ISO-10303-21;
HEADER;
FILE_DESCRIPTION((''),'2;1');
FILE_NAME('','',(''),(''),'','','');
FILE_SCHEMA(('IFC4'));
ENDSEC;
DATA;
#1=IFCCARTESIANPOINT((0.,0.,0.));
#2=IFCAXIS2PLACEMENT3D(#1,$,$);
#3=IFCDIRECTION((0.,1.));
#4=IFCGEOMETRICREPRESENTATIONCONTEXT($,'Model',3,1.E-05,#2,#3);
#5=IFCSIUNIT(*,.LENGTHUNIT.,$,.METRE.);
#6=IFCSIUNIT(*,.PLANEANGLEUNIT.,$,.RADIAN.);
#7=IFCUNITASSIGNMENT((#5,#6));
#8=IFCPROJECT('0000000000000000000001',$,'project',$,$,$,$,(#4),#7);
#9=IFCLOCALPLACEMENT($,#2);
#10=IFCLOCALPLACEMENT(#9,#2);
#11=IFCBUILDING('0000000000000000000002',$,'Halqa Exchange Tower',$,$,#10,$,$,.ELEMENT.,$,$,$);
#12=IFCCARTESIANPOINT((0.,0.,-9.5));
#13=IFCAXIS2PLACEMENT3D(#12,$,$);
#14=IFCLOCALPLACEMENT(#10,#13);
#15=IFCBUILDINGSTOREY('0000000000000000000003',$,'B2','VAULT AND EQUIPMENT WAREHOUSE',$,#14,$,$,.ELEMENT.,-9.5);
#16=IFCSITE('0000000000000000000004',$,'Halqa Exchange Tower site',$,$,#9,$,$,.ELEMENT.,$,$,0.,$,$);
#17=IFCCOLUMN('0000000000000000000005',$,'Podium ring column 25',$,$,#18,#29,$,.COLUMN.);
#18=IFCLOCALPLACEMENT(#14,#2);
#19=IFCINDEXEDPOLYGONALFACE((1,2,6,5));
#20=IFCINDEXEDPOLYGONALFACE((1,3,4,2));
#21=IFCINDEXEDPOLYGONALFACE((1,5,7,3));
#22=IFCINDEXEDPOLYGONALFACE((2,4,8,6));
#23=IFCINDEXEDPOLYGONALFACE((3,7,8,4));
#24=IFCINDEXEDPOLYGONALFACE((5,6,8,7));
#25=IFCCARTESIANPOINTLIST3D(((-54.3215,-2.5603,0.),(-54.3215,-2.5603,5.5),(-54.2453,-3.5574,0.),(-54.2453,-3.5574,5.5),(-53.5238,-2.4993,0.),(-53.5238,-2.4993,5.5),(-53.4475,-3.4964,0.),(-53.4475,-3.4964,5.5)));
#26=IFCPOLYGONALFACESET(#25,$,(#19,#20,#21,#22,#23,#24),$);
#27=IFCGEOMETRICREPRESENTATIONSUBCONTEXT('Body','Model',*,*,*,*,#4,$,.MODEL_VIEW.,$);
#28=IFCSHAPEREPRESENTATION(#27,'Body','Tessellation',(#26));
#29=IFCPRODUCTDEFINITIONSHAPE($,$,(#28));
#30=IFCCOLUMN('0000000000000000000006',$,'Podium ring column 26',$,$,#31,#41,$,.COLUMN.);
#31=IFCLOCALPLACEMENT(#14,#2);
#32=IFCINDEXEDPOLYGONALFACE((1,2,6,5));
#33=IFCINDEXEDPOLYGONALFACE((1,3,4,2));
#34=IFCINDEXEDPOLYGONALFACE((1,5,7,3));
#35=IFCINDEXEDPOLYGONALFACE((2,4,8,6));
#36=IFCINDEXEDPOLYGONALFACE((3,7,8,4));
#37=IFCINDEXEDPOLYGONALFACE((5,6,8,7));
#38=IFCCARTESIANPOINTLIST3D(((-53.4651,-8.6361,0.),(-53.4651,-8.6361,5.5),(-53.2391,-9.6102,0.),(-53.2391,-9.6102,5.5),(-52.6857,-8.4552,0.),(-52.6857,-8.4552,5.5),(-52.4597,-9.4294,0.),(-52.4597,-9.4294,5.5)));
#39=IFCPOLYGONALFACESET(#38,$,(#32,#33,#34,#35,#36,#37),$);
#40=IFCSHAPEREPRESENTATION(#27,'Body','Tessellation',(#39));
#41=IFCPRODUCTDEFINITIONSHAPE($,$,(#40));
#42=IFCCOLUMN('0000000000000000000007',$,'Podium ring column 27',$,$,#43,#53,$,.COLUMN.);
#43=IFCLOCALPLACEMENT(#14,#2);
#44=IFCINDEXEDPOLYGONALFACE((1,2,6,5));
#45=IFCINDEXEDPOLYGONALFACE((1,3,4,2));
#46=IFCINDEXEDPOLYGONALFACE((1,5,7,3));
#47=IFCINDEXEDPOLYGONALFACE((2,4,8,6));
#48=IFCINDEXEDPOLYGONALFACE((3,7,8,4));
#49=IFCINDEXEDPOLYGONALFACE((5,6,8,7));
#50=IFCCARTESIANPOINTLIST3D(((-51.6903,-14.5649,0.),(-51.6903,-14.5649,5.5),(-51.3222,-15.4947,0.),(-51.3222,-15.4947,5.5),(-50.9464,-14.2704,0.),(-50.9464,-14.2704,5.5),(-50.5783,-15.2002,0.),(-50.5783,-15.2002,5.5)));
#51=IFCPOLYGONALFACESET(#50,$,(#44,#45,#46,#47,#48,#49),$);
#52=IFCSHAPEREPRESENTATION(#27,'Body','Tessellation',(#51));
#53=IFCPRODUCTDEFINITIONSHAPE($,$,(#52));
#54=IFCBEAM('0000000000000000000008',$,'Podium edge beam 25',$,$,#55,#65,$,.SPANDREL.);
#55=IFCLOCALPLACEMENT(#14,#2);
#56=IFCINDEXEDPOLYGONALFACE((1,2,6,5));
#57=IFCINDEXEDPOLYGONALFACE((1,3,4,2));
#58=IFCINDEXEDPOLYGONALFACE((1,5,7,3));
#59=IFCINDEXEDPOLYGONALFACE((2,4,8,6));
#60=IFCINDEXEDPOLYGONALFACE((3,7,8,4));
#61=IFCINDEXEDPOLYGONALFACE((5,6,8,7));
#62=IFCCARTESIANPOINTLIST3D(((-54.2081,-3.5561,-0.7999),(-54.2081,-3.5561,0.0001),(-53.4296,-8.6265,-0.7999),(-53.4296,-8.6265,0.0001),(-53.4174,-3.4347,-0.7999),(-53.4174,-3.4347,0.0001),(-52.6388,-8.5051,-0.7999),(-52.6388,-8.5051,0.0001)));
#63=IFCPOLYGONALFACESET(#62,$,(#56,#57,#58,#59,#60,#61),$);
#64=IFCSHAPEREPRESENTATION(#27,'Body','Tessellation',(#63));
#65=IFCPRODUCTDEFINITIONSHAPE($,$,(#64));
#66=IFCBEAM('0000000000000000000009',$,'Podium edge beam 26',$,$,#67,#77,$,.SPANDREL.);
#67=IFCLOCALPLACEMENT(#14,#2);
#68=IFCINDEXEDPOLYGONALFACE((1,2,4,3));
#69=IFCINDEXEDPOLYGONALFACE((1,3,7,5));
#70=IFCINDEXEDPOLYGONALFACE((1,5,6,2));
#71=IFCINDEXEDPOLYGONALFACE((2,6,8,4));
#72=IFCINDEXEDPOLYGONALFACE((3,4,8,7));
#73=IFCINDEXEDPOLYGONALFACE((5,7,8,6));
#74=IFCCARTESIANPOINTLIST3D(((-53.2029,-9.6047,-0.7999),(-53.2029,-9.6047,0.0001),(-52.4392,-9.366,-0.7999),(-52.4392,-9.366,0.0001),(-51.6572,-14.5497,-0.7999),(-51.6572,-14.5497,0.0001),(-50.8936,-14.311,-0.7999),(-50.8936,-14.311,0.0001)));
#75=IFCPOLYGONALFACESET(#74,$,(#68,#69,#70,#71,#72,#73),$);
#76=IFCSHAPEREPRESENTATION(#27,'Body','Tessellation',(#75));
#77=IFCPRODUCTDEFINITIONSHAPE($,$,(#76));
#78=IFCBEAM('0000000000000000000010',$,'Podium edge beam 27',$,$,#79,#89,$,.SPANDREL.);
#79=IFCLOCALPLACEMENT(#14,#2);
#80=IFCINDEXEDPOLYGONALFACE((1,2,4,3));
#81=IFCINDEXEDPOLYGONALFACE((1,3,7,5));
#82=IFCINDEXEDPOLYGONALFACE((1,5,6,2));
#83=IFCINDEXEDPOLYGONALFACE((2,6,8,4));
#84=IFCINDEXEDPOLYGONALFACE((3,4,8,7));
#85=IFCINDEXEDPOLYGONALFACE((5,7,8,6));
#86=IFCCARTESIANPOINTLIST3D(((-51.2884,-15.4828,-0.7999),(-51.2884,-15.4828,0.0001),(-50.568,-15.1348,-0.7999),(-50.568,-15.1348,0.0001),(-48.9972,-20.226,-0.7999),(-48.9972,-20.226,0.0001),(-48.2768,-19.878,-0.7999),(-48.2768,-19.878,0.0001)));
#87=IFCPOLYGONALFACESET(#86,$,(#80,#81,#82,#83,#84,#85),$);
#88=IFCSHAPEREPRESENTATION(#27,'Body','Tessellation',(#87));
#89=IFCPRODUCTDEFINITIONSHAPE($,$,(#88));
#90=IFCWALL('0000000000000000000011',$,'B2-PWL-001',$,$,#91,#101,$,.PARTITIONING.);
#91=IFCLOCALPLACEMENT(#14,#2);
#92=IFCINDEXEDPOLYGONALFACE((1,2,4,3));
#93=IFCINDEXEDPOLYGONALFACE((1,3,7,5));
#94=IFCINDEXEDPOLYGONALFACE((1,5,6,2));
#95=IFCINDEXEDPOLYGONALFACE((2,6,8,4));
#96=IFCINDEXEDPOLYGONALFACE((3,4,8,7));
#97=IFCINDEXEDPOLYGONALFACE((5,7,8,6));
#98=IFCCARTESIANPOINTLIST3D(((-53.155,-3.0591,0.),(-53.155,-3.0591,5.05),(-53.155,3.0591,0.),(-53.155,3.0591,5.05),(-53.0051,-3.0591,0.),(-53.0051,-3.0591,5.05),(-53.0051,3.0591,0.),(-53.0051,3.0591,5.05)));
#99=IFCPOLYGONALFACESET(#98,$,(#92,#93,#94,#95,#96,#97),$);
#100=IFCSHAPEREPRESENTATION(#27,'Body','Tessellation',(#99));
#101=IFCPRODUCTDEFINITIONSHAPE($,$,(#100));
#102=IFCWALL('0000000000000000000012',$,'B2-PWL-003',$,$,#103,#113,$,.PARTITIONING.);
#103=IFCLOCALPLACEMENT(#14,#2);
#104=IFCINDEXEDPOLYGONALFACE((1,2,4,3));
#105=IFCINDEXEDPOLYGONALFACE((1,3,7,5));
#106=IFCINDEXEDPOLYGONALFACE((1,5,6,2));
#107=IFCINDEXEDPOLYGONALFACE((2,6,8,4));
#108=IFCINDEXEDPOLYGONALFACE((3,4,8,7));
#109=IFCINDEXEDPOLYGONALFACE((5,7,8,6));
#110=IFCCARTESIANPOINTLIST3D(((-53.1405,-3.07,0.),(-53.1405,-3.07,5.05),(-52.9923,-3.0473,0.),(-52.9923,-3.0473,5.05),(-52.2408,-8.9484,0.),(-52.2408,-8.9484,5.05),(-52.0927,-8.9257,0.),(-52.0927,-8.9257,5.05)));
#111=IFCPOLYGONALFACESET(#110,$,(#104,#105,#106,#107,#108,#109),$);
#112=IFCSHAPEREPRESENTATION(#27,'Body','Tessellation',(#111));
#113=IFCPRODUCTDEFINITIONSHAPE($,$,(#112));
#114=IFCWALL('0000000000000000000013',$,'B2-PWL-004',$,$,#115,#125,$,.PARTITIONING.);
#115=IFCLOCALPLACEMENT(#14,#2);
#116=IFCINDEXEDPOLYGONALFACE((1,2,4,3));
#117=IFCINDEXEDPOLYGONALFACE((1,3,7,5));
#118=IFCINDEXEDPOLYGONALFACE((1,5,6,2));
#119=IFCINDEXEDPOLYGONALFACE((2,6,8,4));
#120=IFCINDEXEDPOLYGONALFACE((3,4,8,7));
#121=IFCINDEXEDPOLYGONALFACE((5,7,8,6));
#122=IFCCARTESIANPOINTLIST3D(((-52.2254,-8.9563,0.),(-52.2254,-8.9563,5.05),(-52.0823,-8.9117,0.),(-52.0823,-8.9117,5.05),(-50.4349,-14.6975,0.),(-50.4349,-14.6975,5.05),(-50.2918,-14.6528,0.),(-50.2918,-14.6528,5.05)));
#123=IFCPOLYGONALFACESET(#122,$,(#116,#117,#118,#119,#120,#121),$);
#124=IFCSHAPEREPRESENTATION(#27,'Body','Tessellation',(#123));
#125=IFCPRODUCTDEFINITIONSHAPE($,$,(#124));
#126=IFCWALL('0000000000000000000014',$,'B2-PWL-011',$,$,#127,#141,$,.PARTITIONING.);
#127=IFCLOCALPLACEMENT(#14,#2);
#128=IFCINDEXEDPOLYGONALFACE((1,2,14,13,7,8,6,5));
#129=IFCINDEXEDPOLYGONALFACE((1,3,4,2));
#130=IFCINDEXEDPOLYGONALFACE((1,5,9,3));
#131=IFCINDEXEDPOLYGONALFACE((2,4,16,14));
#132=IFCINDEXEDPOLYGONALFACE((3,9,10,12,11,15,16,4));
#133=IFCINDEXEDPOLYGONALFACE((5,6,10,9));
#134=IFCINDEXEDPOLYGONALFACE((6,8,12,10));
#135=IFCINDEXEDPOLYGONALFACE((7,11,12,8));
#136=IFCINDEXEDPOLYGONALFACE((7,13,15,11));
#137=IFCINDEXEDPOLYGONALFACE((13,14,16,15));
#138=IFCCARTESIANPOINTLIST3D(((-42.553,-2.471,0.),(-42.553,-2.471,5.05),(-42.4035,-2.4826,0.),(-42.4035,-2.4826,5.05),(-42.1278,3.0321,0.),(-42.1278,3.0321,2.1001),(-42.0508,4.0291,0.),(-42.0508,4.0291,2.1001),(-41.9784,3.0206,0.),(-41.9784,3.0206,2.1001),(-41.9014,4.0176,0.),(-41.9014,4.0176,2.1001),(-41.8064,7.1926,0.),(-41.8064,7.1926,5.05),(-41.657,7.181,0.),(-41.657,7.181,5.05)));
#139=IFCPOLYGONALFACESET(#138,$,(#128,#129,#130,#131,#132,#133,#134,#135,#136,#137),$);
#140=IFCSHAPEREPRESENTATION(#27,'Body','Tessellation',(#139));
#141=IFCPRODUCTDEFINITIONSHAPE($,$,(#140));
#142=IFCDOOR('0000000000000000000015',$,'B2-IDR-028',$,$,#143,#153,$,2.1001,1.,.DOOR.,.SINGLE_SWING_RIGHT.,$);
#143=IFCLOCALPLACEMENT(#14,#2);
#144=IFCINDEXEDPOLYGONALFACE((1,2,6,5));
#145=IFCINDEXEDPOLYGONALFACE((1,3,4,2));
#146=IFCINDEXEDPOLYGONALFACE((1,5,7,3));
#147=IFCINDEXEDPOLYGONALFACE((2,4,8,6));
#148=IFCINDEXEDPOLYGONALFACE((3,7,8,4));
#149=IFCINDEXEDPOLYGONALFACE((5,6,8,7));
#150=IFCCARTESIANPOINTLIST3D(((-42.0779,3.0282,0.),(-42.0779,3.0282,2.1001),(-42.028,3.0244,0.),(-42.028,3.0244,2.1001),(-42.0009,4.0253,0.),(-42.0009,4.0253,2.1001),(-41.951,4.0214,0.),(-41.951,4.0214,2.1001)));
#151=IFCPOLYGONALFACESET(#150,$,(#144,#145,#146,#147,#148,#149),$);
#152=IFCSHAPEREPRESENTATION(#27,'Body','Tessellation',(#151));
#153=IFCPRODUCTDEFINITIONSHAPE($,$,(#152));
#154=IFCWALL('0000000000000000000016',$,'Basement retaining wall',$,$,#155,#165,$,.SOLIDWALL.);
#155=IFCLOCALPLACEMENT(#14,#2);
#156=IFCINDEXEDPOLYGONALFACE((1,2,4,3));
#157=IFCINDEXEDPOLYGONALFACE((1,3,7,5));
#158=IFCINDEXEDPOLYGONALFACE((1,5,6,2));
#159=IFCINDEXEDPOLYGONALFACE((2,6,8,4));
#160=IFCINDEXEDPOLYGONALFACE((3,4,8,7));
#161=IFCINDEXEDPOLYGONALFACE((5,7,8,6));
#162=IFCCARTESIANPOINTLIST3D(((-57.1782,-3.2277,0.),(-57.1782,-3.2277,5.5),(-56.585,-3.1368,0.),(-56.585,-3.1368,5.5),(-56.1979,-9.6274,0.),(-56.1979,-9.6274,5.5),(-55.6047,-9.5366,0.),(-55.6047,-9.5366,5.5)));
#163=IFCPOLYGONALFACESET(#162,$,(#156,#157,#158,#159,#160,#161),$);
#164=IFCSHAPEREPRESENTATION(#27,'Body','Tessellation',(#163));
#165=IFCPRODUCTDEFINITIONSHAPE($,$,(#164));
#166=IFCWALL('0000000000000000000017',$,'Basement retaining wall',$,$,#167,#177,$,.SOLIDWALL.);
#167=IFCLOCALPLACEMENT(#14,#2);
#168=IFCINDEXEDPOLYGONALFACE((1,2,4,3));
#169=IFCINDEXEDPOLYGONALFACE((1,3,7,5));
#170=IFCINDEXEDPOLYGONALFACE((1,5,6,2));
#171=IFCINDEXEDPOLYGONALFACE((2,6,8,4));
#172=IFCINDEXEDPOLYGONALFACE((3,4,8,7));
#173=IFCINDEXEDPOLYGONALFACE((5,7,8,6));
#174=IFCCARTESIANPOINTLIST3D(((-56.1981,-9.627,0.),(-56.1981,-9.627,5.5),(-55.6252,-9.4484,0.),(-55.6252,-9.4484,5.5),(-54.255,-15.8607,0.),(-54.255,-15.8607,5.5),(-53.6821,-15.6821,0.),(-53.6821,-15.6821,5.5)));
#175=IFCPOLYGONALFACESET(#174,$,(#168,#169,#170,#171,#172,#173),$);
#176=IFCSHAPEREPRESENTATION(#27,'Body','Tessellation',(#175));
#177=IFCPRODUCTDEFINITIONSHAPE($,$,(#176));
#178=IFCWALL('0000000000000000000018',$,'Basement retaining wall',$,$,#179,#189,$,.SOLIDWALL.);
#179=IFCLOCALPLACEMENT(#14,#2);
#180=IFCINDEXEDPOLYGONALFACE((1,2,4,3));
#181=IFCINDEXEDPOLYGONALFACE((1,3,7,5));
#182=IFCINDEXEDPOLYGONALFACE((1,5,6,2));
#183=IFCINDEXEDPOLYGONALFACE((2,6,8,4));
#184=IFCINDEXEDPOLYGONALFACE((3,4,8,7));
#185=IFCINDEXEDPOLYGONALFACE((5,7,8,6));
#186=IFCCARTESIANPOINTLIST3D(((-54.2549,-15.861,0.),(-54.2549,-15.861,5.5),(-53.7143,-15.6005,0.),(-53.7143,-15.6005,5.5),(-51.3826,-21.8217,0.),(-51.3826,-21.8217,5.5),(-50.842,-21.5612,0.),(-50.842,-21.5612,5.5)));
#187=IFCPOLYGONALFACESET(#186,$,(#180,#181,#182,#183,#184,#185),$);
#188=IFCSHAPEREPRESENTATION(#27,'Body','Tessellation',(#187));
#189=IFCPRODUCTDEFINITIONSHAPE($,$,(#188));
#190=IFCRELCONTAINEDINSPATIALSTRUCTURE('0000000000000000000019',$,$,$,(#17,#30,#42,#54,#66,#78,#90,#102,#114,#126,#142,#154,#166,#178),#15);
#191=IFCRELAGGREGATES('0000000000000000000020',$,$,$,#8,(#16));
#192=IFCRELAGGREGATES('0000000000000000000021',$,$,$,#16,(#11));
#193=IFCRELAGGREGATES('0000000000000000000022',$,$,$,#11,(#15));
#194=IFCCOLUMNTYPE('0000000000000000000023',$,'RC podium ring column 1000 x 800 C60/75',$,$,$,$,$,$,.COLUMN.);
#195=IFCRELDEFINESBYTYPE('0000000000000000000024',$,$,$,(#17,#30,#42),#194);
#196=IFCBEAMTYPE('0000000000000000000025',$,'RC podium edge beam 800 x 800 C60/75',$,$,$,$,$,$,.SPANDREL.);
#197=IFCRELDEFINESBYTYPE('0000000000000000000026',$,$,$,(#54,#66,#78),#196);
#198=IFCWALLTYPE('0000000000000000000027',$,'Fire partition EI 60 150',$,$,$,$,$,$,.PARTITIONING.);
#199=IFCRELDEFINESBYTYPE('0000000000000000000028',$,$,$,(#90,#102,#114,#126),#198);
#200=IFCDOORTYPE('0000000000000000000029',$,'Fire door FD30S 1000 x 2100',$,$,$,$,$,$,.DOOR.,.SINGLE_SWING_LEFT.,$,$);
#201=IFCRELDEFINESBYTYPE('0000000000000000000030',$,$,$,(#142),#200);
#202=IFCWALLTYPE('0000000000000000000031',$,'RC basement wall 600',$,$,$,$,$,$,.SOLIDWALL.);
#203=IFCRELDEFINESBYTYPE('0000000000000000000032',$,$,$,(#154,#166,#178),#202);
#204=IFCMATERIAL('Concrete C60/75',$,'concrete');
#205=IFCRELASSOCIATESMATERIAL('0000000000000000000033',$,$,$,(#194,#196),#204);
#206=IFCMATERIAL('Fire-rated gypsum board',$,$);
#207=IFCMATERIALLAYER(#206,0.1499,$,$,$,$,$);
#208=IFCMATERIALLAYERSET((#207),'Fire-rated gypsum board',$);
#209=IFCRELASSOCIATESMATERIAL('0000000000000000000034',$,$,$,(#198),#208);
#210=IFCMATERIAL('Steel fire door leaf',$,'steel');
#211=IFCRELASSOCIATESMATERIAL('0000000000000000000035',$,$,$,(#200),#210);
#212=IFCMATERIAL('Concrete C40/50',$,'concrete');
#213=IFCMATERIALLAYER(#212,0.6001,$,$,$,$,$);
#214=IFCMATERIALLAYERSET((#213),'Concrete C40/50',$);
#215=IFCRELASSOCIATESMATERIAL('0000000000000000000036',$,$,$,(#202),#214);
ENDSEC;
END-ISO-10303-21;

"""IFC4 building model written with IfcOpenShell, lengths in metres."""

from ifc_helpers import new_model, si_unit, direction, frame, frame_2d, origin, origin_2d, place, context, subcontext, project, spatial, rectangle, extrude, material, layer, layer_set, material_profile, profile_set, type_object, element, fill, save


model = new_model("IFC4")

# Units and contexts
model_context = context("Model", 3, precision=1e-05, world=origin(), true_north=direction((0.0, 1.0)))
body_context = subcontext(model_context, "Body", "Model", "MODEL_VIEW")
ifc_project = project(units=[si_unit("LENGTHUNIT", "METRE"), si_unit("PLANEANGLEUNIT", "RADIAN")], contexts=[model_context])

# Site, building, storey
site_placement = place(None, origin())
site = spatial("IfcSite", under=ifc_project, at=site_placement, Name="Halqa Exchange Tower site", CompositionType="ELEMENT", RefElevation=0.0)
building_placement = place(site_placement, origin())
building = spatial("IfcBuilding", under=site, at=building_placement, Name="Halqa Exchange Tower", CompositionType="ELEMENT")
storey_placement = place(building_placement, frame((0.0, 0.0, -9.5)))
storey = spatial("IfcBuildingStorey", under=building, at=storey_placement, Name="B2", Description="VAULT AND EQUIPMENT WAREHOUSE", CompositionType="ELEMENT", Elevation=-9.5)

# Columns
ifc_material_1 = material(Name="Concrete C60/75", Category="concrete")
ifc_material_profile_1 = material_profile(ifc_material_1, rectangle(XDim=1.0, YDim=0.8, at=origin_2d()), Name="1000 x 800")
ifc_profile_set_1 = profile_set([ifc_material_profile_1], Name="Concrete C60/75")
column_type = type_object("IfcColumnType", Name="RC podium ring column 1000 x 800 C60/75", PredefinedType="COLUMN", material=ifc_profile_set_1)
for number, where, z_axis, x_axis, name in (
    (1, (-53.8845, -3.0283, 0.0), (0.0, 0.0, 1.0), (0.076223, -0.997091, 0.0), "Podium ring column 25"),
    (2, (-52.9624, -9.0327, 0.0), (0.0, 0.0, 1.0), (0.225997, -0.974128, 0.0), "Podium ring column 26"),
    (3, (-51.1343, -14.8826, 0.0), (0.0, 0.0, 1.0), (0.36811, -0.929782, 0.0), "Podium ring column 27"),
):
    element("IfcColumn", number, at=place(storey_placement, frame(where, z_axis=z_axis, x_axis=x_axis)), inside=storey, type_object=column_type, Name=name, PredefinedType="COLUMN", context=body_context, shape_type="SweptSolid", body=[
        extrude(rectangle(XDim=1.0, YDim=0.8, at=origin_2d()), origin(), (0.0, 0.0, 1.0), 5.5),
    ])

# Beams
ifc_material_profile_2 = material_profile(ifc_material_1, rectangle(XDim=0.8, YDim=0.8, at=origin_2d()), Name="800 x 800")
ifc_profile_set_2 = profile_set([ifc_material_profile_2], Name="Concrete C60/75")
beam_type = type_object("IfcBeamType", Name="RC podium edge beam 800 x 800 C60/75", PredefinedType="SPANDREL", material=ifc_profile_set_2)
beam_1_placement = place(storey_placement, frame((-53.8127, -3.4954, -0.3999), z_axis=(0.151768, -0.988416, 0.0), x_axis=(0.988416, 0.151768, 0.0)))
element("IfcBeam", 4, at=beam_1_placement, inside=storey, type_object=beam_type, Name="Podium edge beam 25", PredefinedType="SPANDREL", context=body_context, shape_type="SweptSolid", body=[
    extrude(rectangle(XDim=0.8, YDim=0.8, at=origin_2d()), origin(), (0.0, 0.0, 1.0), 5.1299),
])
beam_2_placement = place(storey_placement, frame((-52.821, -9.4854, -0.3999), z_axis=(0.298331, -0.954462, 0.0), x_axis=(0.954462, 0.298331, 0.0)))
element("IfcBeam", 5, at=beam_2_placement, inside=storey, type_object=beam_type, Name="Podium edge beam 26", PredefinedType="SPANDREL", context=body_context, shape_type="SweptSolid", body=[
    extrude(rectangle(XDim=0.8, YDim=0.8, at=origin_2d()), origin(), (0.0, 0.0, 1.0), 5.1809),
])
beam_3_placement = place(storey_placement, frame((-50.9282, -15.3088, -0.3999), z_axis=(0.434973, -0.900443, 0.0), x_axis=(0.900443, 0.434973, 0.0)))
element("IfcBeam", 6, at=beam_3_placement, inside=storey, type_object=beam_type, Name="Podium edge beam 27", PredefinedType="SPANDREL", context=body_context, shape_type="SweptSolid", body=[
    extrude(rectangle(XDim=0.8, YDim=0.8, at=origin_2d()), origin(), (0.0, 0.0, 1.0), 5.2676),
])

# Walls
ifc_material_2 = material(Name="Fire-rated gypsum board")
ifc_layer_1 = layer(ifc_material_2, 0.1499)
ifc_layer_set_1 = layer_set([ifc_layer_1], Name="Fire-rated gypsum board")
wall_type_1 = type_object("IfcWallType", Name="Fire partition EI 60 150", PredefinedType="PARTITIONING", material=ifc_layer_set_1)
wall_1_placement = place(storey_placement, frame((-53.0801, -3.0591, 0.0), z_axis=(0.0, 0.0, 1.0), x_axis=(0.0, 1.0, 0.0)))
element("IfcWall", 7, at=wall_1_placement, inside=storey, type_object=wall_type_1, Name="B2-PWL-001", PredefinedType="PARTITIONING", context=body_context, shape_type="SweptSolid", body=[
    extrude(rectangle(XDim=6.1182, YDim=0.1499, at=frame_2d((3.0591, 0.0))), origin(), (0.0, 0.0, 1.0), 5.05),
])
wall_2_placement = place(storey_placement, frame((-52.1667, -8.937, 0.0), z_axis=(0.0, 0.0, 1.0), x_axis=(-0.151283, 0.988491, 0.0)))
element("IfcWall", 8, at=wall_2_placement, inside=storey, type_object=wall_type_1, Name="B2-PWL-003", PredefinedType="PARTITIONING", context=body_context, shape_type="SweptSolid", body=[
    extrude(rectangle(XDim=5.9468, YDim=0.1499, at=frame_2d((2.9734, 0.0))), origin(), (0.0, 0.0, 1.0), 5.05),
])
wall_3_placement = place(storey_placement, frame((-52.1538, -8.9341, 0.0), z_axis=(0.0, 0.0, 1.0), x_axis=(0.297729, -0.95465, 0.0)))
element("IfcWall", 9, at=wall_3_placement, inside=storey, type_object=wall_type_1, Name="B2-PWL-004", PredefinedType="PARTITIONING", context=body_context, shape_type="SweptSolid", body=[
    extrude(rectangle(XDim=6.0139, YDim=0.1499, at=frame_2d((3.0068, 0.0))), origin(), (0.0, 0.0, 1.0), 5.05),
])

# Wall, opening, door
wall_4_placement = place(storey_placement, frame((-42.4783, -2.4768, 0.0), z_axis=(0.0, 0.0, 1.0), x_axis=(0.077028, 0.997029, 0.0)))
wall_4 = element("IfcWall", 10, at=wall_4_placement, inside=storey, type_object=wall_type_1, Name="B2-PWL-011", PredefinedType="PARTITIONING", context=body_context, shape_type="SweptSolid", body=[
    extrude(rectangle(XDim=9.6924, YDim=0.1499, at=frame_2d((4.8462, 0.0))), origin(), (0.0, 0.0, 1.0), 5.05),
])
opening_placement = place(wall_4_placement, frame((5.5195, 0.0, 0.0)))
opening = element("IfcOpeningElement", 11, at=opening_placement, cuts=wall_4, PredefinedType="OPENING", context=body_context, shape_type="SweptSolid", body=[
    extrude(rectangle(XDim=1.0, YDim=2.1001, at=frame_2d((0.5, 1.05))), frame((0.0, 0.0869, 0.0), z_axis=(0.0, -1.0, 0.0), x_axis=(1.0, 0.0, 0.0)), (0.0, 0.0, 1.0), 0.1738),
])
ifc_material_3 = material(Name="Steel fire door leaf", Category="steel")
door_type = type_object("IfcDoorType", Name="Fire door FD30S 1000 x 2100", OperationType="SINGLE_SWING_LEFT", PredefinedType="DOOR", material=ifc_material_3)
door_placement = place(opening_placement, origin())
door = element("IfcDoor", 12, at=door_placement, inside=storey, type_object=door_type, Name="B2-IDR-028", OperationType="SINGLE_SWING_RIGHT", OverallHeight=2.1001, OverallWidth=1.0, PredefinedType="DOOR", context=body_context, shape_type="SweptSolid", body=[
    extrude(rectangle(XDim=1.0, YDim=2.1001, at=frame_2d((0.5, 1.05))), frame((0.0, 0.0249, 0.0), z_axis=(0.0, -1.0, 0.0), x_axis=(1.0, 0.0, 0.0)), (0.0, 0.0, 1.0), 0.05),
])
fill(opening, door)

# Walls
ifc_material_4 = material(Name="Concrete C40/50", Category="concrete")
ifc_layer_2 = layer(ifc_material_4, 0.6001)
ifc_layer_set_2 = layer_set([ifc_layer_2], Name="Concrete C40/50")
wall_type_2 = type_object("IfcWallType", Name="RC basement wall 600", PredefinedType="SOLIDWALL", material=ifc_layer_set_2)
wall_5_placement = place(storey_placement, frame((-56.8816, -3.1821, 0.0), z_axis=(0.0, 0.0, 1.0), x_axis=(0.151403, -0.988472, 0.0)))
element("IfcWall", 13, at=wall_5_placement, inside=storey, type_object=wall_type_2, Name="Basement retaining wall", PredefinedType="SOLIDWALL", context=body_context, shape_type="SweptSolid", body=[
    extrude(rectangle(XDim=6.4744, YDim=0.6001, at=frame_2d((3.2373, 0.0))), origin(), (0.0, 0.0, 1.0), 5.5),
])
wall_6_placement = place(storey_placement, frame((-55.9116, -9.5378, 0.0), z_axis=(0.0, 0.0, 1.0), x_axis=(0.297592, -0.954693, 0.0)))
element("IfcWall", 14, at=wall_6_placement, inside=storey, type_object=wall_type_2, Name="Basement retaining wall", PredefinedType="SOLIDWALL", context=body_context, shape_type="SweptSolid", body=[
    extrude(rectangle(XDim=6.5295, YDim=0.6001, at=frame_2d((3.2646, 0.0))), origin(), (0.0, 0.0, 1.0), 5.5),
])
wall_7_placement = place(storey_placement, frame((-53.9846, -15.7307, 0.0), z_axis=(0.0, 0.0, 1.0), x_axis=(0.434104, -0.900863, 0.0)))
element("IfcWall", 15, at=wall_7_placement, inside=storey, type_object=wall_type_2, Name="Basement retaining wall", PredefinedType="SOLIDWALL", context=body_context, shape_type="SweptSolid", body=[
    extrude(rectangle(XDim=6.6167, YDim=0.6001, at=frame_2d((3.3083, 0.0))), origin(), (0.0, 0.0, 1.0), 5.5),
])

save(model, "model.ifc")
